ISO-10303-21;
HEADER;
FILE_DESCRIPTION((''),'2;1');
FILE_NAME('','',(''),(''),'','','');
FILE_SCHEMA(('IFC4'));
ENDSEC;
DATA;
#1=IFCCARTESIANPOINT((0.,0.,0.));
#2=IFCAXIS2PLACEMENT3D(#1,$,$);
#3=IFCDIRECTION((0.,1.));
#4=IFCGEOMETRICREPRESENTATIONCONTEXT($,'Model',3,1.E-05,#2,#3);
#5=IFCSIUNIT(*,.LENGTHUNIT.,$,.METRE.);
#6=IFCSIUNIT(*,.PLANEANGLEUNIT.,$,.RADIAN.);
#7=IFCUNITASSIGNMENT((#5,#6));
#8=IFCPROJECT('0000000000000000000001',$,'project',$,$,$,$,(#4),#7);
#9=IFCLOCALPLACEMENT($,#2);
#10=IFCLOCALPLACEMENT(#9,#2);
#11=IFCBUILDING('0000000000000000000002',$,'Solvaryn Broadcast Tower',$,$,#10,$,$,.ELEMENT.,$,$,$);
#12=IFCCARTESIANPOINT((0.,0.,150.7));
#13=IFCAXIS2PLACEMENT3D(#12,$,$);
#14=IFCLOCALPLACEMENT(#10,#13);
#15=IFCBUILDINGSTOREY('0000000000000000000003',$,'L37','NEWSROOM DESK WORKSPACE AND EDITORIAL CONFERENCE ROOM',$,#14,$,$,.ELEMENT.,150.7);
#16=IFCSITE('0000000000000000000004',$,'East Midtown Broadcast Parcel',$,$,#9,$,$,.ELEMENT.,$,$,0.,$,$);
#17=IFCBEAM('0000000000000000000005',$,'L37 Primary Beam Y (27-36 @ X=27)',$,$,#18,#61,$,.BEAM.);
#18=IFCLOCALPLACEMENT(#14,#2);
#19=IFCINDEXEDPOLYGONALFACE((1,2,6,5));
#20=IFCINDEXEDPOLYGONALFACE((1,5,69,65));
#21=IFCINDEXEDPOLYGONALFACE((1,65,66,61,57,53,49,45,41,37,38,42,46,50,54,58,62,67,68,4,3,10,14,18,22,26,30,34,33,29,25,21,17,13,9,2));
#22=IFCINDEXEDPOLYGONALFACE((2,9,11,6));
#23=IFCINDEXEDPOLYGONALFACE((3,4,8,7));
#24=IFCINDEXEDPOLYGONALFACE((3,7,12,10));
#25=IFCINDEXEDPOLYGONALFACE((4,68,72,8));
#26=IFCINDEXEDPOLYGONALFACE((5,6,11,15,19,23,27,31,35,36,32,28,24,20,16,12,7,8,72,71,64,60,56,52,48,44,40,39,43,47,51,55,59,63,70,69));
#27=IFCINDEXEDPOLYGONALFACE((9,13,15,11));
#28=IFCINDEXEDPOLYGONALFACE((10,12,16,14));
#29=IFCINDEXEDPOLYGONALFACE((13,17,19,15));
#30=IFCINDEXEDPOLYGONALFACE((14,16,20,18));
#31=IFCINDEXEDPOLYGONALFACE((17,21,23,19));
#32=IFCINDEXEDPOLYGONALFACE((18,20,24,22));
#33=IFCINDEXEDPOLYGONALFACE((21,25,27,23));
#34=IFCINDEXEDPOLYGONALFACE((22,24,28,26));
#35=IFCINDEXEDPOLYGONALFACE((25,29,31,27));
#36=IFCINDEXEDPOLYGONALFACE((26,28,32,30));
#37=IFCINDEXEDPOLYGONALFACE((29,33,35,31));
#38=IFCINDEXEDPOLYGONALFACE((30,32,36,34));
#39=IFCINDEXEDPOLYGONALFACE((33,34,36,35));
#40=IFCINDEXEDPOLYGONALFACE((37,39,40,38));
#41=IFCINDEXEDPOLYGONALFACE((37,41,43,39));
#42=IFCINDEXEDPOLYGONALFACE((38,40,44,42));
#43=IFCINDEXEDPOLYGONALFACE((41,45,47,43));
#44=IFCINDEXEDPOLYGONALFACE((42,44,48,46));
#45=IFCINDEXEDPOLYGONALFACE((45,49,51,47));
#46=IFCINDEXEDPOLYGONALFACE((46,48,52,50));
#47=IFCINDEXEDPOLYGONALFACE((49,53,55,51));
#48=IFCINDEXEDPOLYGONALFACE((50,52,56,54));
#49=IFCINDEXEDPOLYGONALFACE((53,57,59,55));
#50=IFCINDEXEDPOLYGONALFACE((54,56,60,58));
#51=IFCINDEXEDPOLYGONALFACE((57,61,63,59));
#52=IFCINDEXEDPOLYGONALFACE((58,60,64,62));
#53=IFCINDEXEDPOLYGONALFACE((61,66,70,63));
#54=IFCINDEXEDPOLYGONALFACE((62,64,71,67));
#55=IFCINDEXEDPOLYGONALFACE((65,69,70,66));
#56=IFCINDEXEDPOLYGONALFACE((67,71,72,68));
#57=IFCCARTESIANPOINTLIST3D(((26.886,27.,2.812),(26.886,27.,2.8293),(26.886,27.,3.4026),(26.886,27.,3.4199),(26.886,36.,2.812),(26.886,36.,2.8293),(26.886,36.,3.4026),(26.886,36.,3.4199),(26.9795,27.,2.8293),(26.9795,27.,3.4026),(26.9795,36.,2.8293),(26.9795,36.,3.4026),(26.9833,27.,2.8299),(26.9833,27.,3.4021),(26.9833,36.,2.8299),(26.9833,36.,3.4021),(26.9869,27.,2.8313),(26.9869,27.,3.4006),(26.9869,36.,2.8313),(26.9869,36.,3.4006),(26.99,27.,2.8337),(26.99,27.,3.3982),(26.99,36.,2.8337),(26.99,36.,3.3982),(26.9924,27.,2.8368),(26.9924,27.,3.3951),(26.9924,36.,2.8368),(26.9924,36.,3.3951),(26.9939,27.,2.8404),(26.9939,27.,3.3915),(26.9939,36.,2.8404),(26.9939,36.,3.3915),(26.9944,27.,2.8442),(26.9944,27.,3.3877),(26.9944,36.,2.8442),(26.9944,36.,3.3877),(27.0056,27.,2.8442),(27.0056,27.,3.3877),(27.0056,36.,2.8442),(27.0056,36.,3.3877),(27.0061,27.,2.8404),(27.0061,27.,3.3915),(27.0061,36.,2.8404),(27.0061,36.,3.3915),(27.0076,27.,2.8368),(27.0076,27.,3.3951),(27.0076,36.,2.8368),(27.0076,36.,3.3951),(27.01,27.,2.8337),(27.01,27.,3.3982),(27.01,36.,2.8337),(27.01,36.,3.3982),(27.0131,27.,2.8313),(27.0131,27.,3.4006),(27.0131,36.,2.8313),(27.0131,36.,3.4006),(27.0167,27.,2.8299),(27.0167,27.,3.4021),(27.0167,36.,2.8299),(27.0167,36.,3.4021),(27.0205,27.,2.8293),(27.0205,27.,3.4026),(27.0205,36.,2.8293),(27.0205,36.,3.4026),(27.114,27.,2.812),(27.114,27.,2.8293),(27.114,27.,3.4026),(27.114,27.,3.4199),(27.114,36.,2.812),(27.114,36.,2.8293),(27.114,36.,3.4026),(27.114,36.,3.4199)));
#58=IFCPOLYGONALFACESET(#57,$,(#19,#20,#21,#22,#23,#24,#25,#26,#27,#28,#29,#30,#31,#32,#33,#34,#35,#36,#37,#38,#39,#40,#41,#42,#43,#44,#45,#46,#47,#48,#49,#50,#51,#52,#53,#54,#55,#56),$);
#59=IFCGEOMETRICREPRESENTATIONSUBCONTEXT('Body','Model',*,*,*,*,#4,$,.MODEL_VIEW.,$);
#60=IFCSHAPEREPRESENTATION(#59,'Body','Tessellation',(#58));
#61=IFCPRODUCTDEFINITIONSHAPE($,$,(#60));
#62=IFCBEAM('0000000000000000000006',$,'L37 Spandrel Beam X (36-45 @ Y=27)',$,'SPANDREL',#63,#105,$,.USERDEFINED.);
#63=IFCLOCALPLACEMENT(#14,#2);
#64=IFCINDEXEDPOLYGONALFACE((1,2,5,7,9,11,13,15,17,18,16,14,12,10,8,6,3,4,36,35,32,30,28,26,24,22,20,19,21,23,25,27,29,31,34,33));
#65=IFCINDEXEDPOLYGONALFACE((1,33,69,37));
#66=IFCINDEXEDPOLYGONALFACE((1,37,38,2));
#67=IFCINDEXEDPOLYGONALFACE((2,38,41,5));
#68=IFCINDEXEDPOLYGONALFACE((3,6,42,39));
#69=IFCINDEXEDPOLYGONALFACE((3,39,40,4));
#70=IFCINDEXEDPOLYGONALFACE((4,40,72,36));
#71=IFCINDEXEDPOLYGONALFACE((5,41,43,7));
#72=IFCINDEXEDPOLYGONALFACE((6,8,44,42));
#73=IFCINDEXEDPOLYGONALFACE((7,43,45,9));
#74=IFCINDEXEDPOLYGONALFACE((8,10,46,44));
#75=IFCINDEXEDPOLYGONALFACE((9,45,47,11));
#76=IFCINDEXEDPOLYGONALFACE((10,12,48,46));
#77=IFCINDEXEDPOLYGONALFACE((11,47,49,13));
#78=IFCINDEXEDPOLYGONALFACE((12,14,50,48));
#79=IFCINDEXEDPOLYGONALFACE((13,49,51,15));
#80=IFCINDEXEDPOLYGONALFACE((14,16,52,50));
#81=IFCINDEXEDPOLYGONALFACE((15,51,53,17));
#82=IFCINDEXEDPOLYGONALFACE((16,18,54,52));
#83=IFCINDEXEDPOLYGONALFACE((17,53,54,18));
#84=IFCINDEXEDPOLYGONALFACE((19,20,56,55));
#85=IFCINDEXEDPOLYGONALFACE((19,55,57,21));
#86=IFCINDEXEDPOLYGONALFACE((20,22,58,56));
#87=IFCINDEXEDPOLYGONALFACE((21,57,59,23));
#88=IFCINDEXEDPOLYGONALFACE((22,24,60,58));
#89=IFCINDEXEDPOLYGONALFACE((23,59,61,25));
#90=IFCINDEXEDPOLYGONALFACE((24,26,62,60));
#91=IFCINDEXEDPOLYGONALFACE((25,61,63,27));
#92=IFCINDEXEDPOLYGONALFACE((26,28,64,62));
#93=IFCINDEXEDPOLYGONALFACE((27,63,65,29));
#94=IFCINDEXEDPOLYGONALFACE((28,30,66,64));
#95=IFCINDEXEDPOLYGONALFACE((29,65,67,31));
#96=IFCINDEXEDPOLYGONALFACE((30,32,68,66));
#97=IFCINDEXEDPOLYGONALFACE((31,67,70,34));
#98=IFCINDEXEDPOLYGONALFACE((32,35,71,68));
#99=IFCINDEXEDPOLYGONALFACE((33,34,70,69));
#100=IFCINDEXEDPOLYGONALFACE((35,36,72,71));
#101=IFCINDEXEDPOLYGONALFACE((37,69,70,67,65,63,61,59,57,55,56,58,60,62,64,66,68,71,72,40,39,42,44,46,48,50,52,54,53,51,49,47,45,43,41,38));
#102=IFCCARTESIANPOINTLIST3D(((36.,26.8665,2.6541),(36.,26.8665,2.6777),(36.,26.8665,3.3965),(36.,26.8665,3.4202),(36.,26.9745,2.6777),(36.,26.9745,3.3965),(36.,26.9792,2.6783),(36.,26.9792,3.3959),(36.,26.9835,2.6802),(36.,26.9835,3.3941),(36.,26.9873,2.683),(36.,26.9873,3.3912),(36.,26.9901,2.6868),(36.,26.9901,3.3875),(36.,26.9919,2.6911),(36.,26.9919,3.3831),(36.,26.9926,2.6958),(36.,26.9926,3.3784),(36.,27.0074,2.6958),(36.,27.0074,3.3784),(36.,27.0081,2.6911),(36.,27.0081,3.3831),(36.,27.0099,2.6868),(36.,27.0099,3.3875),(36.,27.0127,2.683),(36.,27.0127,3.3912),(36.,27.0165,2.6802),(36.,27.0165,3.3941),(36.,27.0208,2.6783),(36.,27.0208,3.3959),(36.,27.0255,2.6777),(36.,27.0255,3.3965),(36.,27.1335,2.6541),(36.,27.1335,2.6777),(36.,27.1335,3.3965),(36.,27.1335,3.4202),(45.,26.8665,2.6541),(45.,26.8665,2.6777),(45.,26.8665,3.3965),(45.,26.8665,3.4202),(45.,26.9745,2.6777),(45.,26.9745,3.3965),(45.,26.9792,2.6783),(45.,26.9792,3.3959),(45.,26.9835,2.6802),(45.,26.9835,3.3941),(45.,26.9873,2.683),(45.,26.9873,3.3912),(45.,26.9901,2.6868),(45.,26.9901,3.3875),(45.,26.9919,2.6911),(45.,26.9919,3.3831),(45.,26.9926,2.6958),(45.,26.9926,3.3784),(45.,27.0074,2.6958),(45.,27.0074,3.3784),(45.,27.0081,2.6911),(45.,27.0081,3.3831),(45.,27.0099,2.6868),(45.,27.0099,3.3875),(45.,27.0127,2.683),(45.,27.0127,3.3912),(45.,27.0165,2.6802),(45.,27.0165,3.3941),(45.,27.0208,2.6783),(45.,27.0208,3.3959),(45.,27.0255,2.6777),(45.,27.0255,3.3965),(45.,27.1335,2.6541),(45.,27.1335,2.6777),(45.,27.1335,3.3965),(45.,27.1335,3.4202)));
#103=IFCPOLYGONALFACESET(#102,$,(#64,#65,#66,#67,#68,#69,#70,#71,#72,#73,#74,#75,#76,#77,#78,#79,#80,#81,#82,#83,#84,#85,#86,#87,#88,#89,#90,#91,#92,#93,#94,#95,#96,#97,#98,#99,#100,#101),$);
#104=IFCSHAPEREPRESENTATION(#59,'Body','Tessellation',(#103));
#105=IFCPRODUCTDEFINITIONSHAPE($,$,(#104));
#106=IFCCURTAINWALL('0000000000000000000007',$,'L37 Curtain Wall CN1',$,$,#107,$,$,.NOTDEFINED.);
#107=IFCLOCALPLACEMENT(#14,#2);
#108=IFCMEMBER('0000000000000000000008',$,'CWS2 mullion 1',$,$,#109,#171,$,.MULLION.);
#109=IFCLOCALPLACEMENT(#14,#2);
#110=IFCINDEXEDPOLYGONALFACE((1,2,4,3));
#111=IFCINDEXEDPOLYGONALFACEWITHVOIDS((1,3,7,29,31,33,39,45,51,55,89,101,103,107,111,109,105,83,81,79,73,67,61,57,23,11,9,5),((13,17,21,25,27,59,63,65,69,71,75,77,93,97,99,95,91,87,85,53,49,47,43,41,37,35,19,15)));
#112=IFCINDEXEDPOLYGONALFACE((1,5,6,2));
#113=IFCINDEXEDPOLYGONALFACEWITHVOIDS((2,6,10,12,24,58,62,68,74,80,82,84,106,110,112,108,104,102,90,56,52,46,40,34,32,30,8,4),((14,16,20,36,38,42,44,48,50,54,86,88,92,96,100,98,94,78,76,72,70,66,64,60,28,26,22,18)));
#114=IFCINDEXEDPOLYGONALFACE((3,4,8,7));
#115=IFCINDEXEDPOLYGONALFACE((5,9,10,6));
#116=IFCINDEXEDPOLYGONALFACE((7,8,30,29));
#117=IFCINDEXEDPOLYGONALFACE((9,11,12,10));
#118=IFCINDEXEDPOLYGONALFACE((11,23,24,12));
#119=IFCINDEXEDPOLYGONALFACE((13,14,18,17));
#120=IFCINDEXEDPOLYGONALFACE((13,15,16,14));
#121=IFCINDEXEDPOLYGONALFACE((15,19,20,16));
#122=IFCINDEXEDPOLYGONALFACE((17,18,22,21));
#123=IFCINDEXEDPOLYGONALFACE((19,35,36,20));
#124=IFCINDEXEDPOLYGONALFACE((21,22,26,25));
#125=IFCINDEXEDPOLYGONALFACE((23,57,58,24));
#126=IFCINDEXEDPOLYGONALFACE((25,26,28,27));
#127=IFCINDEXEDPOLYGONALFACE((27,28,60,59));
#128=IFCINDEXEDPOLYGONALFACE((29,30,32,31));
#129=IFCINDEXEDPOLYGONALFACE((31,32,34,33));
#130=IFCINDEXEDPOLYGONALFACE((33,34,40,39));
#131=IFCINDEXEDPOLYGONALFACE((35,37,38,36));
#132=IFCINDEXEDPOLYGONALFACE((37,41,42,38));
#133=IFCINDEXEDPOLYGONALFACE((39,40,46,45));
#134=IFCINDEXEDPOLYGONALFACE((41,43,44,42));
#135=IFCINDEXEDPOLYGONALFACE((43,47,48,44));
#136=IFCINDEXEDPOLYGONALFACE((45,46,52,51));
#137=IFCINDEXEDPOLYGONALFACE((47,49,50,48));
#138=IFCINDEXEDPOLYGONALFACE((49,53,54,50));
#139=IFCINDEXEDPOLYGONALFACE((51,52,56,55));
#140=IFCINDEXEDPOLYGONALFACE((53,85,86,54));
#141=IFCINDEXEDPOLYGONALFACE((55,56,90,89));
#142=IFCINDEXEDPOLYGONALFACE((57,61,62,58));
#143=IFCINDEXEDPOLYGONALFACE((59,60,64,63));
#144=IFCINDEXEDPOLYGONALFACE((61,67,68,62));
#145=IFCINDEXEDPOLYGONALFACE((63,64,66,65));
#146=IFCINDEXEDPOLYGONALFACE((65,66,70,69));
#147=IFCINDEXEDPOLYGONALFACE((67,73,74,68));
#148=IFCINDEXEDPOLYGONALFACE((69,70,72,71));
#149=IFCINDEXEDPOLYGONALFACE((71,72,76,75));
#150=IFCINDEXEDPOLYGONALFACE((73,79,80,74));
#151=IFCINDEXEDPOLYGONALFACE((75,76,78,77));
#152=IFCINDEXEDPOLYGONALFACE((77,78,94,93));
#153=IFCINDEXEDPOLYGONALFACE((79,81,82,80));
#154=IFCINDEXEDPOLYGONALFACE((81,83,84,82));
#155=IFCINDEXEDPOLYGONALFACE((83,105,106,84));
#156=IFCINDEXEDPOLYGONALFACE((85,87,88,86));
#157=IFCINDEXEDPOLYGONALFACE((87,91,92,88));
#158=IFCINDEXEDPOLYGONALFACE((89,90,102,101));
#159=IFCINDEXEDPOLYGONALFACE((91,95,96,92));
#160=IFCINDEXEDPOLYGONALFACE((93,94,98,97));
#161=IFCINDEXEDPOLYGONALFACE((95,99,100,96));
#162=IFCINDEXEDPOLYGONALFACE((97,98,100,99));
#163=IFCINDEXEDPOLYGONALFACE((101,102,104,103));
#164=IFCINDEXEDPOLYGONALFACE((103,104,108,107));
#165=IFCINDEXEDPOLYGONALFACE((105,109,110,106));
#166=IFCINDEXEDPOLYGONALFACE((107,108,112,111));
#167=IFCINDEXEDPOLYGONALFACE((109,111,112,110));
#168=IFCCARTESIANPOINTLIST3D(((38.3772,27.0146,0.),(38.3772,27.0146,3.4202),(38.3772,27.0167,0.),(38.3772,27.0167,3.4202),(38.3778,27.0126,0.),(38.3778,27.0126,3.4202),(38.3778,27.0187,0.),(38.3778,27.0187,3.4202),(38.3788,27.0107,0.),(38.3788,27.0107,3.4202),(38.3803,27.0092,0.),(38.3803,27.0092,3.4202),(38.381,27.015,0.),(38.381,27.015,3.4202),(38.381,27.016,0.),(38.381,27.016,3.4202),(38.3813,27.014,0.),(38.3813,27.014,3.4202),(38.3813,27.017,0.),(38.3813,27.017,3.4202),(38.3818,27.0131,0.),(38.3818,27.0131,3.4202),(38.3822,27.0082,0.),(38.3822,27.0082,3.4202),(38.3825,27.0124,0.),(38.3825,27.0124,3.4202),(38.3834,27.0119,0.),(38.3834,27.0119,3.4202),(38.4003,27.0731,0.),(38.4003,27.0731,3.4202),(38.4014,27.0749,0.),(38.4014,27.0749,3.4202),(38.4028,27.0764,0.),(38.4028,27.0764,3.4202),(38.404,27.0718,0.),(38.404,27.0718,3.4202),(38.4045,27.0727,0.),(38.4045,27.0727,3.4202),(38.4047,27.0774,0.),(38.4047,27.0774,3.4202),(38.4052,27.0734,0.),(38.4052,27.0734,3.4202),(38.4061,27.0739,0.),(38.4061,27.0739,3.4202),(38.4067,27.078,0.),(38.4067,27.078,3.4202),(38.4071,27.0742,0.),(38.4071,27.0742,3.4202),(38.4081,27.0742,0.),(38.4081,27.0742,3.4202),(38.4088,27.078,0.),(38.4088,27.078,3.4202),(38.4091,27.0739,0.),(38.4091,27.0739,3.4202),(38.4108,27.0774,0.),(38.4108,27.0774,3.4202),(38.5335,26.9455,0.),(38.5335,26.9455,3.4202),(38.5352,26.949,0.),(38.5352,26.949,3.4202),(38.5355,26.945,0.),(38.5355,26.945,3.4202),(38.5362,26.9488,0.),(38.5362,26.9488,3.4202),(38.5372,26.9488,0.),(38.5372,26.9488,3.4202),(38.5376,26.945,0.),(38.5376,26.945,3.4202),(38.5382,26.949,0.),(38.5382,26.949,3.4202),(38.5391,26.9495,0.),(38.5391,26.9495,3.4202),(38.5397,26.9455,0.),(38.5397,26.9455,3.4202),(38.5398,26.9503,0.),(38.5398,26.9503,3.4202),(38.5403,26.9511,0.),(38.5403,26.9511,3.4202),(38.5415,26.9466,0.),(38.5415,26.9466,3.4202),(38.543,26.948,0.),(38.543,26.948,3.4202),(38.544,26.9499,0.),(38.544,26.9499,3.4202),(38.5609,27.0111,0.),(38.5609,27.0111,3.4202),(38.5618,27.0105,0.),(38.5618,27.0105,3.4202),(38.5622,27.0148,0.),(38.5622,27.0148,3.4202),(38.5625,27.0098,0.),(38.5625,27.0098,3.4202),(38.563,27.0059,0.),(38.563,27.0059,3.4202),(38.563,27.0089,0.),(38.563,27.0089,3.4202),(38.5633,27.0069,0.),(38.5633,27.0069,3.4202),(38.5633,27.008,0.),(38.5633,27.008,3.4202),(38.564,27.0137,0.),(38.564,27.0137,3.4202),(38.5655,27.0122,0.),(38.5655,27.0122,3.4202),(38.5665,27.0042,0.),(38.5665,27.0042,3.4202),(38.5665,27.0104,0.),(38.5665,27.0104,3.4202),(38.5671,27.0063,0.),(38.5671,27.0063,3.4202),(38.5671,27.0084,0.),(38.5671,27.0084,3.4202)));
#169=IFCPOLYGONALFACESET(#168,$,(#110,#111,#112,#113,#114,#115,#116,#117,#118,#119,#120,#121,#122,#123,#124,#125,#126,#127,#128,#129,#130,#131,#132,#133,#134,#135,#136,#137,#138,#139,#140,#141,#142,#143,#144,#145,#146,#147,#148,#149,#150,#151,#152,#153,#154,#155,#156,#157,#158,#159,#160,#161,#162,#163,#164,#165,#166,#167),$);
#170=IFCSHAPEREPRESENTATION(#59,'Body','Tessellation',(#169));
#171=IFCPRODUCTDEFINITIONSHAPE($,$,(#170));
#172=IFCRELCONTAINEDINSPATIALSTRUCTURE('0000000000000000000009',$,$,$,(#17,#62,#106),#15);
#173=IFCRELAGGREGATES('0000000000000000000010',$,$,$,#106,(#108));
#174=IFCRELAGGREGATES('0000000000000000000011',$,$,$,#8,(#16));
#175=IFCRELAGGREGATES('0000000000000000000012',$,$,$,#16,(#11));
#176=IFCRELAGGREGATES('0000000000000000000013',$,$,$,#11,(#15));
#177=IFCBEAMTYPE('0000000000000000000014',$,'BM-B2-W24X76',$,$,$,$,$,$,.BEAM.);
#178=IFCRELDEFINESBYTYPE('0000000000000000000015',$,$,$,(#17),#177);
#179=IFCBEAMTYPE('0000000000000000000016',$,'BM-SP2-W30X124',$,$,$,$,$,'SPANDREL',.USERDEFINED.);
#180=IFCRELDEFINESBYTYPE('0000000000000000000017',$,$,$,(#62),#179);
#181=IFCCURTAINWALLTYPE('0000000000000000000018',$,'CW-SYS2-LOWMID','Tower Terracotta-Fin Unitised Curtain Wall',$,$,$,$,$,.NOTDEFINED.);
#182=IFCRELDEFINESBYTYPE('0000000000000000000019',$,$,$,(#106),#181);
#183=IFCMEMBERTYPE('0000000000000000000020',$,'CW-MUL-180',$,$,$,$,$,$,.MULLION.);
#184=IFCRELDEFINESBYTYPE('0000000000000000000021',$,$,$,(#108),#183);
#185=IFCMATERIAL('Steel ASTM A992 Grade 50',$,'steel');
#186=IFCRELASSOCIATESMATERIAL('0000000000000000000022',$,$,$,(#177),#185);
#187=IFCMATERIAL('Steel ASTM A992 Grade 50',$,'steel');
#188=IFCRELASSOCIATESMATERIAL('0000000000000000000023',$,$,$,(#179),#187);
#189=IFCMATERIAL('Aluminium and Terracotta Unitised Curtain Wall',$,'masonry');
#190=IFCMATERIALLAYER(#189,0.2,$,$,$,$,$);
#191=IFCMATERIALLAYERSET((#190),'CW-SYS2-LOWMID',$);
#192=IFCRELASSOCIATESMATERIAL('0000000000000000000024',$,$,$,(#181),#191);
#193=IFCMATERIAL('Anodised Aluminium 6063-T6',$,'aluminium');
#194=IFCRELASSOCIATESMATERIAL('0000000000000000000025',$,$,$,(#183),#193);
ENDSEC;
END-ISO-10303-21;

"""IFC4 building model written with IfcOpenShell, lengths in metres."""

from ifc_helpers import new_model, si_unit, direction, frame, origin, origin_2d, place, context, subcontext, project, spatial, hollow_rectangle, i_section, extrude, material, layer, layer_set, material_profile, profile_set, type_object, element, aggregate, save


model = new_model("IFC4")

# Units and contexts
model_context = context("Model", 3, precision=1e-05, world=origin(), true_north=direction((0.0, 1.0)))
body_context = subcontext(model_context, "Body", "Model", "MODEL_VIEW")
ifc_project = project(units=[si_unit("LENGTHUNIT", "METRE"), si_unit("PLANEANGLEUNIT", "RADIAN")], contexts=[model_context])

# Site, building, storey
site_placement = place(None, origin())
site = spatial("IfcSite", under=ifc_project, at=site_placement, Name="East Midtown Broadcast Parcel", CompositionType="ELEMENT", RefElevation=0.0)
building_placement = place(site_placement, origin())
building = spatial("IfcBuilding", under=site, at=building_placement, Name="Solvaryn Broadcast Tower", CompositionType="ELEMENT")
storey_placement = place(building_placement, frame((0.0, 0.0, 150.7)))
storey = spatial("IfcBuildingStorey", under=building, at=storey_placement, Name="L37", Description="NEWSROOM DESK WORKSPACE AND EDITORIAL CONFERENCE ROOM", CompositionType="ELEMENT", Elevation=150.7)

# Beams
ifc_material_1 = material(Name="Steel ASTM A992 Grade 50", Category="steel")
ifc_material_profile_1 = material_profile(ifc_material_1, i_section(OverallWidth=0.228, OverallDepth=0.6079, WebThickness=0.0112, FlangeThickness=0.0173, FilletRadius=0.0149, at=origin_2d()))
ifc_profile_set_1 = profile_set([ifc_material_profile_1], Name="Steel ASTM A992 Grade 50")
beam_type_1 = type_object("IfcBeamType", Name="BM-B2-W24X76", PredefinedType="BEAM", material=ifc_profile_set_1)
beam_1_placement = place(storey_placement, frame((27.0, 27.0, 3.116), z_axis=(0.0, 1.0, 0.0), x_axis=(-1.0, 0.0, 0.0)))
element("IfcBeam", 1, at=beam_1_placement, inside=storey, type_object=beam_type_1, Name="L37 Primary Beam Y (27-36 @ X=27)", PredefinedType="BEAM", context=body_context, shape_type="SweptSolid", body=[
    extrude(i_section(OverallWidth=0.228, OverallDepth=0.6079, WebThickness=0.0112, FlangeThickness=0.0173, FilletRadius=0.0149, at=origin_2d()), origin(), (0.0, 0.0, 1.0), 9.0),
])
ifc_material_2 = material(Name="Steel ASTM A992 Grade 50", Category="steel")
ifc_material_profile_2 = material_profile(ifc_material_2, i_section(OverallWidth=0.2671, OverallDepth=0.7661, WebThickness=0.0149, FlangeThickness=0.0237, FilletRadius=0.0181, at=origin_2d()))
ifc_profile_set_2 = profile_set([ifc_material_profile_2], Name="Steel ASTM A992 Grade 50")
beam_type_2 = type_object("IfcBeamType", Name="BM-SP2-W30X124", ElementType="SPANDREL", PredefinedType="USERDEFINED", material=ifc_profile_set_2)
beam_2_placement = place(storey_placement, frame((36.0, 27.0, 3.0371), z_axis=(1.0, 0.0, 0.0), x_axis=(0.0, 1.0, 0.0)))
element("IfcBeam", 2, at=beam_2_placement, inside=storey, type_object=beam_type_2, Name="L37 Spandrel Beam X (36-45 @ Y=27)", ObjectType="SPANDREL", PredefinedType="USERDEFINED", context=body_context, shape_type="SweptSolid", body=[
    extrude(i_section(OverallWidth=0.2671, OverallDepth=0.7661, WebThickness=0.0149, FlangeThickness=0.0237, FilletRadius=0.0181, at=origin_2d()), origin(), (0.0, 0.0, 1.0), 9.0),
])

# Curtain wall, member
ifc_material_3 = material(Name="Aluminium and Terracotta Unitised Curtain Wall", Category="masonry")
ifc_layer_1 = layer(ifc_material_3, 0.2)
ifc_layer_set_1 = layer_set([ifc_layer_1], Name="CW-SYS2-LOWMID")
curtain_wall_type = type_object("IfcCurtainWallType", Name="CW-SYS2-LOWMID", Description="Tower Terracotta-Fin Unitised Curtain Wall", PredefinedType="NOTDEFINED", material=ifc_layer_set_1)
curtain_wall_1_placement = place(storey_placement, origin())
curtain_wall_1 = element("IfcCurtainWall", 3, at=curtain_wall_1_placement, inside=storey, type_object=curtain_wall_type, Name="L37 Curtain Wall CN1", PredefinedType="NOTDEFINED")
ifc_material_4 = material(Name="Anodised Aluminium 6063-T6", Category="aluminium")
ifc_material_profile_3 = material_profile(ifc_material_4, hollow_rectangle(XDim=0.075, YDim=0.1799, WallThickness=0.0039, InnerFilletRadius=0.0039, OuterFilletRadius=0.0081, at=origin_2d()))
ifc_profile_set_3 = profile_set([ifc_material_profile_3], Name="Anodised Aluminium 6063-T6")
member_type_1 = type_object("IfcMemberType", Name="CW-MUL-180", PredefinedType="MULLION", material=ifc_profile_set_3)
member_1_placement = place(storey_placement, frame((38.4722, 27.0115, 0.0), z_axis=(0.0, 0.0, 1.0), x_axis=(-0.382646, -0.923895, 0.0)))
member_1 = element("IfcMember", 4, at=member_1_placement, type_object=member_type_1, Name="CWS2 mullion 1", PredefinedType="MULLION", context=body_context, shape_type="SweptSolid", body=[
    extrude(hollow_rectangle(XDim=0.075, YDim=0.1799, WallThickness=0.0039, InnerFilletRadius=0.0039, OuterFilletRadius=0.0081, at=origin_2d()), origin(), (0.0, 0.0, 1.0), 3.4202),
])

aggregate(curtain_wall_1, [member_1])

save(model, "model.ifc")
